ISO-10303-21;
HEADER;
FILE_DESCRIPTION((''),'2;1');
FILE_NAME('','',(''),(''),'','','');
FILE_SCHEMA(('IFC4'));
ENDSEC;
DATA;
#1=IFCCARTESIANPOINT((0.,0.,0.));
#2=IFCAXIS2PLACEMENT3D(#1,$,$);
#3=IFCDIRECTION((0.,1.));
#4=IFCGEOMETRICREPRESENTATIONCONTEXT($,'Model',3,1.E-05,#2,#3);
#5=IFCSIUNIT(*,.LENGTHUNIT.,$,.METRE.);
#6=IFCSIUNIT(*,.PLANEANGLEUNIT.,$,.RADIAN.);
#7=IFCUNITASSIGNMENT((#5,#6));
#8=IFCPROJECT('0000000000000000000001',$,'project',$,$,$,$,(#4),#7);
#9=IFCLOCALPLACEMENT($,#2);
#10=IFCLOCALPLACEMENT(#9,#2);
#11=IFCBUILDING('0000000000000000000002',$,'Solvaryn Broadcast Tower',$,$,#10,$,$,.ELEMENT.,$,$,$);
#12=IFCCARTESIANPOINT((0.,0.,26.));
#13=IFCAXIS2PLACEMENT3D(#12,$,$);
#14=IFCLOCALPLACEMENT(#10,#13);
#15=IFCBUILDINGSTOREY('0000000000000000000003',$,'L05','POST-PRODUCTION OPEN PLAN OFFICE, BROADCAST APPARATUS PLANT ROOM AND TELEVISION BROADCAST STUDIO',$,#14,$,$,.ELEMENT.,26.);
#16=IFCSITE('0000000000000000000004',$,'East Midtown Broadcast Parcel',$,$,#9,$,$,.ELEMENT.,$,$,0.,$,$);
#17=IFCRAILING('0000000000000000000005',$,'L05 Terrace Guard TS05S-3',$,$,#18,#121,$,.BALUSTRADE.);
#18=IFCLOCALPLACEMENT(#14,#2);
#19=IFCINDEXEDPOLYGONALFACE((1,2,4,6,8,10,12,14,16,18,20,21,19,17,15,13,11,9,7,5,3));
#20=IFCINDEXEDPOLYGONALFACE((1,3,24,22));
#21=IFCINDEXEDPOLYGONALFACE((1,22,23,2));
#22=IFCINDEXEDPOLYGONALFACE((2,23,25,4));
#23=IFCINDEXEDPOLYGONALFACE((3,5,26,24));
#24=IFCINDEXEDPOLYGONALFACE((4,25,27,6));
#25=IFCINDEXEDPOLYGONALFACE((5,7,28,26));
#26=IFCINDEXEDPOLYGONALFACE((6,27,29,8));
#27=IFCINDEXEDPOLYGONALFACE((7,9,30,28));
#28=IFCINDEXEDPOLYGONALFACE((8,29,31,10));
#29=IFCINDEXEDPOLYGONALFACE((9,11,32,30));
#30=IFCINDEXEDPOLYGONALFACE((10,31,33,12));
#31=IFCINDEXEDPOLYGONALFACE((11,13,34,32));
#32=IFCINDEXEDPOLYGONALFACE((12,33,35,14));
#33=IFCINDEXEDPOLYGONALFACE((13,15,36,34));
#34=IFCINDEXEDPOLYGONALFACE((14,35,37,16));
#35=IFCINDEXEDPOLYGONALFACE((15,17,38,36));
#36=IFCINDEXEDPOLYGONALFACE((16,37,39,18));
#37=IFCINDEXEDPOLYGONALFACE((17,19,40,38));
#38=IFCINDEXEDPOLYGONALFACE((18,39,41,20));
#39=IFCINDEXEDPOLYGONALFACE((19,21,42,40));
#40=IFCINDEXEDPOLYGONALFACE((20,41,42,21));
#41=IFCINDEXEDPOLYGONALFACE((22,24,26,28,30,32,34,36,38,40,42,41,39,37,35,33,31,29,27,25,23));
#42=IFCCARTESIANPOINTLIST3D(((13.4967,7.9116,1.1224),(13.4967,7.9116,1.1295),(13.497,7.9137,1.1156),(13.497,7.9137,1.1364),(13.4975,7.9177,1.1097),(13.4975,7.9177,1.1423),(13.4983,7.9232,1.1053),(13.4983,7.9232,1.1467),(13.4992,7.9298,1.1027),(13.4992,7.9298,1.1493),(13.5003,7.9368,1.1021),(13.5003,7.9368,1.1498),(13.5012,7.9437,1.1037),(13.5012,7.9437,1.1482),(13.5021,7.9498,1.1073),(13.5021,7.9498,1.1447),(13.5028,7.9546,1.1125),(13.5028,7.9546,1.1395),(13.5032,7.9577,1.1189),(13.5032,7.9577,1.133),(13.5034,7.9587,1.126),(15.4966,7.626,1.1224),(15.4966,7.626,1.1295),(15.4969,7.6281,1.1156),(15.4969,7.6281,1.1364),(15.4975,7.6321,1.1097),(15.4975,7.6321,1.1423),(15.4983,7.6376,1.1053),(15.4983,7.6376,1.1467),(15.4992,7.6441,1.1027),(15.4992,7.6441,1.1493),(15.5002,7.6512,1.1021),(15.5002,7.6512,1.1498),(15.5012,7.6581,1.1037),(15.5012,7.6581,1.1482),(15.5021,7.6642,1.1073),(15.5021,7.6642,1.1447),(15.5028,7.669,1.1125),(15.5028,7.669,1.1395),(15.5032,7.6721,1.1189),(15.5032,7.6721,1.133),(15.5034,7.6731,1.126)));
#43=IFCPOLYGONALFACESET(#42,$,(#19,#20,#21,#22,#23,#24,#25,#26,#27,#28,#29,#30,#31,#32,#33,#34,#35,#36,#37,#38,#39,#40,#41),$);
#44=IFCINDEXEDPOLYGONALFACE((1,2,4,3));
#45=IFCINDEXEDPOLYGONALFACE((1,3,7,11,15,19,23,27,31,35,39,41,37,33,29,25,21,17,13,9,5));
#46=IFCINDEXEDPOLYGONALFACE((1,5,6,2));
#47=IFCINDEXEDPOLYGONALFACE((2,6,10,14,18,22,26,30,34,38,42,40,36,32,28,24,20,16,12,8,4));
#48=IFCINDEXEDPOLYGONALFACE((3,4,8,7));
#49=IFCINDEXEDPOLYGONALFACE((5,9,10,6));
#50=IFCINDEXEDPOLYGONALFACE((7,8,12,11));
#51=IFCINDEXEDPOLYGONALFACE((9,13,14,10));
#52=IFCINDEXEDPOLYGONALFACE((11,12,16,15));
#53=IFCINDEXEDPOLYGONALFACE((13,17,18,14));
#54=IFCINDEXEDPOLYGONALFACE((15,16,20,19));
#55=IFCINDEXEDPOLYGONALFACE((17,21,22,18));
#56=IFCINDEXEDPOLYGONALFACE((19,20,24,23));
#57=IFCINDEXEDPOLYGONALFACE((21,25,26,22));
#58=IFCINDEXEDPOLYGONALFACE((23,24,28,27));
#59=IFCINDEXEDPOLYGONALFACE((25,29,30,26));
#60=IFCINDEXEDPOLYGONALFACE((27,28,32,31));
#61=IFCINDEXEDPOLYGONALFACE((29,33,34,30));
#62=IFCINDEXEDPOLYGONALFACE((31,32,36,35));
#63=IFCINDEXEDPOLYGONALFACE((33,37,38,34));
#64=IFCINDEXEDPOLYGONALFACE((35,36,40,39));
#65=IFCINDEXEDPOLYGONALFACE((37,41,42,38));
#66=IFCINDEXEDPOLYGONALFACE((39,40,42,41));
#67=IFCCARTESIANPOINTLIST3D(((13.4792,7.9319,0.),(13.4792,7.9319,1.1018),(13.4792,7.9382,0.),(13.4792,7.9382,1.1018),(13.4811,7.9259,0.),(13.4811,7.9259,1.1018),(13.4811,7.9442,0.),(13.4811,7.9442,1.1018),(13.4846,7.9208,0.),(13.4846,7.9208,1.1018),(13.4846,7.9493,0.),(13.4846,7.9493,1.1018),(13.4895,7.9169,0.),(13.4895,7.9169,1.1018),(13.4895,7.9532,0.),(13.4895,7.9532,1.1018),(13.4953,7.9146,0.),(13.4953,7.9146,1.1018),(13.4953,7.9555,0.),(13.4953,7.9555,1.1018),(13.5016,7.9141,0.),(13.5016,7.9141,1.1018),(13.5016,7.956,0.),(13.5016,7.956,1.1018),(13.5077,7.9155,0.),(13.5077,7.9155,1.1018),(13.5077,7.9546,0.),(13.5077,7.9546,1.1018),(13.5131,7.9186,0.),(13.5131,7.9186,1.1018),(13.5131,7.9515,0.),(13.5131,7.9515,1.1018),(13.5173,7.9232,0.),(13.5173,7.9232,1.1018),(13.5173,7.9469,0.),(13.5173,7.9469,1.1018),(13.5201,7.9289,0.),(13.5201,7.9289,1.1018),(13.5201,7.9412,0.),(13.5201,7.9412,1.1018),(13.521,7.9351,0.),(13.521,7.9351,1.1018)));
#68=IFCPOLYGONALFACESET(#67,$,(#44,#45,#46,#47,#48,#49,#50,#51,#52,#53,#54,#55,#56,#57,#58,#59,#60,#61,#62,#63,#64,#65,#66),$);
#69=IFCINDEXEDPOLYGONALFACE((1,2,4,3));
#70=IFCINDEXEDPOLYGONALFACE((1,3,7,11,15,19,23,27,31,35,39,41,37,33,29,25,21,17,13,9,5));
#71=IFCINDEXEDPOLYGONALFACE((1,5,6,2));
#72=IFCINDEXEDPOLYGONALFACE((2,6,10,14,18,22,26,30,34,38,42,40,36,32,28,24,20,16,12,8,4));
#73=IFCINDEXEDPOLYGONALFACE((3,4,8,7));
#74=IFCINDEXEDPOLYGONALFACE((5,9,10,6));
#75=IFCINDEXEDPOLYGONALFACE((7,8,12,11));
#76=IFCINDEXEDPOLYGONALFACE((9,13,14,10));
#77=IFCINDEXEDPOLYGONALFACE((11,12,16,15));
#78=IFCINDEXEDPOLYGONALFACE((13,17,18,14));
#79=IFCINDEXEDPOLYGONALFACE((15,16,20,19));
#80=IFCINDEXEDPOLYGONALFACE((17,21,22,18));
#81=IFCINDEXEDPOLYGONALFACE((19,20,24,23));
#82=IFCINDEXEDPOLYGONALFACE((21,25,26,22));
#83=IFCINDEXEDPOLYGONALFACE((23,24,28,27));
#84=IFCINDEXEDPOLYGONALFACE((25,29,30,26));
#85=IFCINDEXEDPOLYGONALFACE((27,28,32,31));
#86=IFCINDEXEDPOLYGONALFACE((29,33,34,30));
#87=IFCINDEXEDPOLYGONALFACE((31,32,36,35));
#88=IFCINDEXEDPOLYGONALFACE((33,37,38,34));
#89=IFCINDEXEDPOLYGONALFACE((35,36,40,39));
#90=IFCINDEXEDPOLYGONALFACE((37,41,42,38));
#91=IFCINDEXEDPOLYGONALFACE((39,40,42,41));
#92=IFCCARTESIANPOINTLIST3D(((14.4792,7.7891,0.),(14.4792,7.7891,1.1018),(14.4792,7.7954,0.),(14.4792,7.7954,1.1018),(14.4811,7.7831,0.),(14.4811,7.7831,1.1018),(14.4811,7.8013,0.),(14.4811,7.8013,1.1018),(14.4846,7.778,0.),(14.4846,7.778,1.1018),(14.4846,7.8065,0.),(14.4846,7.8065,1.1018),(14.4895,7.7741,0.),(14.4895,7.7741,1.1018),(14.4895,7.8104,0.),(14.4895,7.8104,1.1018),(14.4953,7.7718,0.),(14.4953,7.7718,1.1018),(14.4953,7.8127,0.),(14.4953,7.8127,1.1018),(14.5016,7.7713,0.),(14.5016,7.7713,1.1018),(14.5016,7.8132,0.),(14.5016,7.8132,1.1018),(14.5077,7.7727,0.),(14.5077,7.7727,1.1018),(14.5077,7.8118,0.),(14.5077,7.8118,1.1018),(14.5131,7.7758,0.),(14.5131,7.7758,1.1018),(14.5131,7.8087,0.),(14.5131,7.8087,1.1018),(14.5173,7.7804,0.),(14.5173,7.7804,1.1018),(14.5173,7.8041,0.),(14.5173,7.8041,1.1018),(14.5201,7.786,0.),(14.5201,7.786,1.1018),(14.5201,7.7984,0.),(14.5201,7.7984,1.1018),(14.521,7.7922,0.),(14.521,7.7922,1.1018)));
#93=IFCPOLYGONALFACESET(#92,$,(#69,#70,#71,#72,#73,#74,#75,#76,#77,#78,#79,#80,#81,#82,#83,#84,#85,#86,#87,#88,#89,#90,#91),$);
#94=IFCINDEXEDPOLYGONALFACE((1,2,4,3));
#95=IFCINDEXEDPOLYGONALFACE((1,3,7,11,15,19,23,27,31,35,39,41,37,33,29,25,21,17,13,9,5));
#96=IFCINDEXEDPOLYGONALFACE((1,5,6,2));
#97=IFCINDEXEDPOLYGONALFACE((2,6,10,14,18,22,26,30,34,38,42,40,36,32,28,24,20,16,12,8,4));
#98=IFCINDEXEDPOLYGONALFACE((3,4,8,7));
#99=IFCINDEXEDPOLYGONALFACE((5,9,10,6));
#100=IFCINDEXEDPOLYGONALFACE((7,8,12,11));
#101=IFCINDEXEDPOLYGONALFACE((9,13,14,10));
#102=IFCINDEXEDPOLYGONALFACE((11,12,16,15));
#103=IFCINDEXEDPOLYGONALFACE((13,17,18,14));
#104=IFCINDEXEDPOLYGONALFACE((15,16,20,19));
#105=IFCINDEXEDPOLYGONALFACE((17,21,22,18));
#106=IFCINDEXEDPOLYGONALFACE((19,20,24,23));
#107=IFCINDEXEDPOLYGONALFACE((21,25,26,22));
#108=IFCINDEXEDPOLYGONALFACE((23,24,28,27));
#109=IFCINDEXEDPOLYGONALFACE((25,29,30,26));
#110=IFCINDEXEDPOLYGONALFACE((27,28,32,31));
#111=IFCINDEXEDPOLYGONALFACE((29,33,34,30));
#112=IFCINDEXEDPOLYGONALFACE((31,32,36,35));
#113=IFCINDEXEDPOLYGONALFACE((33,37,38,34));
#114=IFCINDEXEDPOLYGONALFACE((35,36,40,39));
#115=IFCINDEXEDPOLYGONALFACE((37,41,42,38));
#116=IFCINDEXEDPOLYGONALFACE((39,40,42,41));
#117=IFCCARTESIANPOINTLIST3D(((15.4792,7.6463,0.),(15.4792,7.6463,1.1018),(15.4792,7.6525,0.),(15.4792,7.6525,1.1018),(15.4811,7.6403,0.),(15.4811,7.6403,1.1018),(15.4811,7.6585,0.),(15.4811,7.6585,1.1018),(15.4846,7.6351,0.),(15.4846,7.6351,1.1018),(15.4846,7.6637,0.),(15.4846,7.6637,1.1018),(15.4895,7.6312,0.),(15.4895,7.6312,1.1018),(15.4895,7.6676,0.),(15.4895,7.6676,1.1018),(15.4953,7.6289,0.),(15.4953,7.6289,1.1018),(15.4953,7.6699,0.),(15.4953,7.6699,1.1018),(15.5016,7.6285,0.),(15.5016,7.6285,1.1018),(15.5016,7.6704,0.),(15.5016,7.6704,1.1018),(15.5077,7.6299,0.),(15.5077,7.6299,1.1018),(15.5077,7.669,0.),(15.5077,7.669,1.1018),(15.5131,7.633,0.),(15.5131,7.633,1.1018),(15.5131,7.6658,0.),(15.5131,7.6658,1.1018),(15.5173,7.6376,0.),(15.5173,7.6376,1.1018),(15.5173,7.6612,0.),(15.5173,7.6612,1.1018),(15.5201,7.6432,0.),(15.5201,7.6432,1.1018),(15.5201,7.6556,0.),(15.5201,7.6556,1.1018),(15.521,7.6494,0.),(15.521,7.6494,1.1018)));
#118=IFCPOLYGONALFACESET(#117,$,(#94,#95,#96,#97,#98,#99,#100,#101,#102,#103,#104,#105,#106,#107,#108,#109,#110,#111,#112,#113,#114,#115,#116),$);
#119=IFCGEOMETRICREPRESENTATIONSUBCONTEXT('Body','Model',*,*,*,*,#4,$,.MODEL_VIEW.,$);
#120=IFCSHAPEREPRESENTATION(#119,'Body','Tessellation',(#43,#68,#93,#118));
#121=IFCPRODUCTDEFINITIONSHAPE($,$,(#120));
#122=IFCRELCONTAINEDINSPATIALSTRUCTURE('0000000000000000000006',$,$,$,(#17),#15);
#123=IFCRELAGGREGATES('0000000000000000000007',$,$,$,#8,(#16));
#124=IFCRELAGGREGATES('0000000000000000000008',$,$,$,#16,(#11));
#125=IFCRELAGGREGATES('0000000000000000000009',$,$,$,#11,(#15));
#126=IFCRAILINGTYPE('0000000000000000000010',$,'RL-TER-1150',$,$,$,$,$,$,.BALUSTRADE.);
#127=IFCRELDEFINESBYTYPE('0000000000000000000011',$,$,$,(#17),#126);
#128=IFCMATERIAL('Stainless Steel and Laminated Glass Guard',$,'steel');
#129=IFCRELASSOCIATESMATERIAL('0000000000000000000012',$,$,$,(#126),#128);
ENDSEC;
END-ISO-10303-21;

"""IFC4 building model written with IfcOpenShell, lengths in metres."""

from ifc_helpers import new_model, si_unit, direction, frame, origin, origin_2d, place, context, subcontext, project, spatial, circle, extrude, material, type_object, element, save


model = new_model("IFC4")

# Units and contexts
model_context = context("Model", 3, precision=1e-05, world=origin(), true_north=direction((0.0, 1.0)))
body_context = subcontext(model_context, "Body", "Model", "MODEL_VIEW")
ifc_project = project(units=[si_unit("LENGTHUNIT", "METRE"), si_unit("PLANEANGLEUNIT", "RADIAN")], contexts=[model_context])

# Site, building, storey
site_placement = place(None, origin())
site = spatial("IfcSite", under=ifc_project, at=site_placement, Name="East Midtown Broadcast Parcel", CompositionType="ELEMENT", RefElevation=0.0)
building_placement = place(site_placement, origin())
building = spatial("IfcBuilding", under=site, at=building_placement, Name="Solvaryn Broadcast Tower", CompositionType="ELEMENT")
storey_placement = place(building_placement, frame((0.0, 0.0, 26.0)))
storey = spatial("IfcBuildingStorey", under=building, at=storey_placement, Name="L05", Description="POST-PRODUCTION OPEN PLAN OFFICE, BROADCAST APPARATUS PLANT ROOM AND TELEVISION BROADCAST STUDIO", CompositionType="ELEMENT", Elevation=26.0)

# Railing
ifc_material_1 = material(Name="Stainless Steel and Laminated Glass Guard", Category="steel")
railing_type = type_object("IfcRailingType", Name="RL-TER-1150", PredefinedType="BALUSTRADE", material=ifc_material_1)
railing_1_placement = place(storey_placement, frame((13.5, 7.9351, 0.0)))
element("IfcRailing", 1, at=railing_1_placement, inside=storey, type_object=railing_type, Name="L05 Terrace Guard TS05S-3", PredefinedType="BALUSTRADE", context=body_context, shape_type="SweptSolid", body=[
    extrude(circle(Radius=0.0239, at=origin_2d()), frame((0.0, 0.0, 1.126), z_axis=(0.989954, -0.141388, 0.0), x_axis=(0.141388, 0.989954, 0.0)), (0.0, 0.0, 1.0), 2.0203),
    extrude(circle(Radius=0.021, at=origin_2d()), origin(), (0.0, 0.0, 1.0), 1.1018),
    extrude(circle(Radius=0.021, at=origin_2d()), frame((1.0, -0.1428, 0.0)), (0.0, 0.0, 1.0), 1.1018),
    extrude(circle(Radius=0.021, at=origin_2d()), frame((2.0, -0.2856, 0.0)), (0.0, 0.0, 1.0), 1.1018),
])

save(model, "model.ifc")
